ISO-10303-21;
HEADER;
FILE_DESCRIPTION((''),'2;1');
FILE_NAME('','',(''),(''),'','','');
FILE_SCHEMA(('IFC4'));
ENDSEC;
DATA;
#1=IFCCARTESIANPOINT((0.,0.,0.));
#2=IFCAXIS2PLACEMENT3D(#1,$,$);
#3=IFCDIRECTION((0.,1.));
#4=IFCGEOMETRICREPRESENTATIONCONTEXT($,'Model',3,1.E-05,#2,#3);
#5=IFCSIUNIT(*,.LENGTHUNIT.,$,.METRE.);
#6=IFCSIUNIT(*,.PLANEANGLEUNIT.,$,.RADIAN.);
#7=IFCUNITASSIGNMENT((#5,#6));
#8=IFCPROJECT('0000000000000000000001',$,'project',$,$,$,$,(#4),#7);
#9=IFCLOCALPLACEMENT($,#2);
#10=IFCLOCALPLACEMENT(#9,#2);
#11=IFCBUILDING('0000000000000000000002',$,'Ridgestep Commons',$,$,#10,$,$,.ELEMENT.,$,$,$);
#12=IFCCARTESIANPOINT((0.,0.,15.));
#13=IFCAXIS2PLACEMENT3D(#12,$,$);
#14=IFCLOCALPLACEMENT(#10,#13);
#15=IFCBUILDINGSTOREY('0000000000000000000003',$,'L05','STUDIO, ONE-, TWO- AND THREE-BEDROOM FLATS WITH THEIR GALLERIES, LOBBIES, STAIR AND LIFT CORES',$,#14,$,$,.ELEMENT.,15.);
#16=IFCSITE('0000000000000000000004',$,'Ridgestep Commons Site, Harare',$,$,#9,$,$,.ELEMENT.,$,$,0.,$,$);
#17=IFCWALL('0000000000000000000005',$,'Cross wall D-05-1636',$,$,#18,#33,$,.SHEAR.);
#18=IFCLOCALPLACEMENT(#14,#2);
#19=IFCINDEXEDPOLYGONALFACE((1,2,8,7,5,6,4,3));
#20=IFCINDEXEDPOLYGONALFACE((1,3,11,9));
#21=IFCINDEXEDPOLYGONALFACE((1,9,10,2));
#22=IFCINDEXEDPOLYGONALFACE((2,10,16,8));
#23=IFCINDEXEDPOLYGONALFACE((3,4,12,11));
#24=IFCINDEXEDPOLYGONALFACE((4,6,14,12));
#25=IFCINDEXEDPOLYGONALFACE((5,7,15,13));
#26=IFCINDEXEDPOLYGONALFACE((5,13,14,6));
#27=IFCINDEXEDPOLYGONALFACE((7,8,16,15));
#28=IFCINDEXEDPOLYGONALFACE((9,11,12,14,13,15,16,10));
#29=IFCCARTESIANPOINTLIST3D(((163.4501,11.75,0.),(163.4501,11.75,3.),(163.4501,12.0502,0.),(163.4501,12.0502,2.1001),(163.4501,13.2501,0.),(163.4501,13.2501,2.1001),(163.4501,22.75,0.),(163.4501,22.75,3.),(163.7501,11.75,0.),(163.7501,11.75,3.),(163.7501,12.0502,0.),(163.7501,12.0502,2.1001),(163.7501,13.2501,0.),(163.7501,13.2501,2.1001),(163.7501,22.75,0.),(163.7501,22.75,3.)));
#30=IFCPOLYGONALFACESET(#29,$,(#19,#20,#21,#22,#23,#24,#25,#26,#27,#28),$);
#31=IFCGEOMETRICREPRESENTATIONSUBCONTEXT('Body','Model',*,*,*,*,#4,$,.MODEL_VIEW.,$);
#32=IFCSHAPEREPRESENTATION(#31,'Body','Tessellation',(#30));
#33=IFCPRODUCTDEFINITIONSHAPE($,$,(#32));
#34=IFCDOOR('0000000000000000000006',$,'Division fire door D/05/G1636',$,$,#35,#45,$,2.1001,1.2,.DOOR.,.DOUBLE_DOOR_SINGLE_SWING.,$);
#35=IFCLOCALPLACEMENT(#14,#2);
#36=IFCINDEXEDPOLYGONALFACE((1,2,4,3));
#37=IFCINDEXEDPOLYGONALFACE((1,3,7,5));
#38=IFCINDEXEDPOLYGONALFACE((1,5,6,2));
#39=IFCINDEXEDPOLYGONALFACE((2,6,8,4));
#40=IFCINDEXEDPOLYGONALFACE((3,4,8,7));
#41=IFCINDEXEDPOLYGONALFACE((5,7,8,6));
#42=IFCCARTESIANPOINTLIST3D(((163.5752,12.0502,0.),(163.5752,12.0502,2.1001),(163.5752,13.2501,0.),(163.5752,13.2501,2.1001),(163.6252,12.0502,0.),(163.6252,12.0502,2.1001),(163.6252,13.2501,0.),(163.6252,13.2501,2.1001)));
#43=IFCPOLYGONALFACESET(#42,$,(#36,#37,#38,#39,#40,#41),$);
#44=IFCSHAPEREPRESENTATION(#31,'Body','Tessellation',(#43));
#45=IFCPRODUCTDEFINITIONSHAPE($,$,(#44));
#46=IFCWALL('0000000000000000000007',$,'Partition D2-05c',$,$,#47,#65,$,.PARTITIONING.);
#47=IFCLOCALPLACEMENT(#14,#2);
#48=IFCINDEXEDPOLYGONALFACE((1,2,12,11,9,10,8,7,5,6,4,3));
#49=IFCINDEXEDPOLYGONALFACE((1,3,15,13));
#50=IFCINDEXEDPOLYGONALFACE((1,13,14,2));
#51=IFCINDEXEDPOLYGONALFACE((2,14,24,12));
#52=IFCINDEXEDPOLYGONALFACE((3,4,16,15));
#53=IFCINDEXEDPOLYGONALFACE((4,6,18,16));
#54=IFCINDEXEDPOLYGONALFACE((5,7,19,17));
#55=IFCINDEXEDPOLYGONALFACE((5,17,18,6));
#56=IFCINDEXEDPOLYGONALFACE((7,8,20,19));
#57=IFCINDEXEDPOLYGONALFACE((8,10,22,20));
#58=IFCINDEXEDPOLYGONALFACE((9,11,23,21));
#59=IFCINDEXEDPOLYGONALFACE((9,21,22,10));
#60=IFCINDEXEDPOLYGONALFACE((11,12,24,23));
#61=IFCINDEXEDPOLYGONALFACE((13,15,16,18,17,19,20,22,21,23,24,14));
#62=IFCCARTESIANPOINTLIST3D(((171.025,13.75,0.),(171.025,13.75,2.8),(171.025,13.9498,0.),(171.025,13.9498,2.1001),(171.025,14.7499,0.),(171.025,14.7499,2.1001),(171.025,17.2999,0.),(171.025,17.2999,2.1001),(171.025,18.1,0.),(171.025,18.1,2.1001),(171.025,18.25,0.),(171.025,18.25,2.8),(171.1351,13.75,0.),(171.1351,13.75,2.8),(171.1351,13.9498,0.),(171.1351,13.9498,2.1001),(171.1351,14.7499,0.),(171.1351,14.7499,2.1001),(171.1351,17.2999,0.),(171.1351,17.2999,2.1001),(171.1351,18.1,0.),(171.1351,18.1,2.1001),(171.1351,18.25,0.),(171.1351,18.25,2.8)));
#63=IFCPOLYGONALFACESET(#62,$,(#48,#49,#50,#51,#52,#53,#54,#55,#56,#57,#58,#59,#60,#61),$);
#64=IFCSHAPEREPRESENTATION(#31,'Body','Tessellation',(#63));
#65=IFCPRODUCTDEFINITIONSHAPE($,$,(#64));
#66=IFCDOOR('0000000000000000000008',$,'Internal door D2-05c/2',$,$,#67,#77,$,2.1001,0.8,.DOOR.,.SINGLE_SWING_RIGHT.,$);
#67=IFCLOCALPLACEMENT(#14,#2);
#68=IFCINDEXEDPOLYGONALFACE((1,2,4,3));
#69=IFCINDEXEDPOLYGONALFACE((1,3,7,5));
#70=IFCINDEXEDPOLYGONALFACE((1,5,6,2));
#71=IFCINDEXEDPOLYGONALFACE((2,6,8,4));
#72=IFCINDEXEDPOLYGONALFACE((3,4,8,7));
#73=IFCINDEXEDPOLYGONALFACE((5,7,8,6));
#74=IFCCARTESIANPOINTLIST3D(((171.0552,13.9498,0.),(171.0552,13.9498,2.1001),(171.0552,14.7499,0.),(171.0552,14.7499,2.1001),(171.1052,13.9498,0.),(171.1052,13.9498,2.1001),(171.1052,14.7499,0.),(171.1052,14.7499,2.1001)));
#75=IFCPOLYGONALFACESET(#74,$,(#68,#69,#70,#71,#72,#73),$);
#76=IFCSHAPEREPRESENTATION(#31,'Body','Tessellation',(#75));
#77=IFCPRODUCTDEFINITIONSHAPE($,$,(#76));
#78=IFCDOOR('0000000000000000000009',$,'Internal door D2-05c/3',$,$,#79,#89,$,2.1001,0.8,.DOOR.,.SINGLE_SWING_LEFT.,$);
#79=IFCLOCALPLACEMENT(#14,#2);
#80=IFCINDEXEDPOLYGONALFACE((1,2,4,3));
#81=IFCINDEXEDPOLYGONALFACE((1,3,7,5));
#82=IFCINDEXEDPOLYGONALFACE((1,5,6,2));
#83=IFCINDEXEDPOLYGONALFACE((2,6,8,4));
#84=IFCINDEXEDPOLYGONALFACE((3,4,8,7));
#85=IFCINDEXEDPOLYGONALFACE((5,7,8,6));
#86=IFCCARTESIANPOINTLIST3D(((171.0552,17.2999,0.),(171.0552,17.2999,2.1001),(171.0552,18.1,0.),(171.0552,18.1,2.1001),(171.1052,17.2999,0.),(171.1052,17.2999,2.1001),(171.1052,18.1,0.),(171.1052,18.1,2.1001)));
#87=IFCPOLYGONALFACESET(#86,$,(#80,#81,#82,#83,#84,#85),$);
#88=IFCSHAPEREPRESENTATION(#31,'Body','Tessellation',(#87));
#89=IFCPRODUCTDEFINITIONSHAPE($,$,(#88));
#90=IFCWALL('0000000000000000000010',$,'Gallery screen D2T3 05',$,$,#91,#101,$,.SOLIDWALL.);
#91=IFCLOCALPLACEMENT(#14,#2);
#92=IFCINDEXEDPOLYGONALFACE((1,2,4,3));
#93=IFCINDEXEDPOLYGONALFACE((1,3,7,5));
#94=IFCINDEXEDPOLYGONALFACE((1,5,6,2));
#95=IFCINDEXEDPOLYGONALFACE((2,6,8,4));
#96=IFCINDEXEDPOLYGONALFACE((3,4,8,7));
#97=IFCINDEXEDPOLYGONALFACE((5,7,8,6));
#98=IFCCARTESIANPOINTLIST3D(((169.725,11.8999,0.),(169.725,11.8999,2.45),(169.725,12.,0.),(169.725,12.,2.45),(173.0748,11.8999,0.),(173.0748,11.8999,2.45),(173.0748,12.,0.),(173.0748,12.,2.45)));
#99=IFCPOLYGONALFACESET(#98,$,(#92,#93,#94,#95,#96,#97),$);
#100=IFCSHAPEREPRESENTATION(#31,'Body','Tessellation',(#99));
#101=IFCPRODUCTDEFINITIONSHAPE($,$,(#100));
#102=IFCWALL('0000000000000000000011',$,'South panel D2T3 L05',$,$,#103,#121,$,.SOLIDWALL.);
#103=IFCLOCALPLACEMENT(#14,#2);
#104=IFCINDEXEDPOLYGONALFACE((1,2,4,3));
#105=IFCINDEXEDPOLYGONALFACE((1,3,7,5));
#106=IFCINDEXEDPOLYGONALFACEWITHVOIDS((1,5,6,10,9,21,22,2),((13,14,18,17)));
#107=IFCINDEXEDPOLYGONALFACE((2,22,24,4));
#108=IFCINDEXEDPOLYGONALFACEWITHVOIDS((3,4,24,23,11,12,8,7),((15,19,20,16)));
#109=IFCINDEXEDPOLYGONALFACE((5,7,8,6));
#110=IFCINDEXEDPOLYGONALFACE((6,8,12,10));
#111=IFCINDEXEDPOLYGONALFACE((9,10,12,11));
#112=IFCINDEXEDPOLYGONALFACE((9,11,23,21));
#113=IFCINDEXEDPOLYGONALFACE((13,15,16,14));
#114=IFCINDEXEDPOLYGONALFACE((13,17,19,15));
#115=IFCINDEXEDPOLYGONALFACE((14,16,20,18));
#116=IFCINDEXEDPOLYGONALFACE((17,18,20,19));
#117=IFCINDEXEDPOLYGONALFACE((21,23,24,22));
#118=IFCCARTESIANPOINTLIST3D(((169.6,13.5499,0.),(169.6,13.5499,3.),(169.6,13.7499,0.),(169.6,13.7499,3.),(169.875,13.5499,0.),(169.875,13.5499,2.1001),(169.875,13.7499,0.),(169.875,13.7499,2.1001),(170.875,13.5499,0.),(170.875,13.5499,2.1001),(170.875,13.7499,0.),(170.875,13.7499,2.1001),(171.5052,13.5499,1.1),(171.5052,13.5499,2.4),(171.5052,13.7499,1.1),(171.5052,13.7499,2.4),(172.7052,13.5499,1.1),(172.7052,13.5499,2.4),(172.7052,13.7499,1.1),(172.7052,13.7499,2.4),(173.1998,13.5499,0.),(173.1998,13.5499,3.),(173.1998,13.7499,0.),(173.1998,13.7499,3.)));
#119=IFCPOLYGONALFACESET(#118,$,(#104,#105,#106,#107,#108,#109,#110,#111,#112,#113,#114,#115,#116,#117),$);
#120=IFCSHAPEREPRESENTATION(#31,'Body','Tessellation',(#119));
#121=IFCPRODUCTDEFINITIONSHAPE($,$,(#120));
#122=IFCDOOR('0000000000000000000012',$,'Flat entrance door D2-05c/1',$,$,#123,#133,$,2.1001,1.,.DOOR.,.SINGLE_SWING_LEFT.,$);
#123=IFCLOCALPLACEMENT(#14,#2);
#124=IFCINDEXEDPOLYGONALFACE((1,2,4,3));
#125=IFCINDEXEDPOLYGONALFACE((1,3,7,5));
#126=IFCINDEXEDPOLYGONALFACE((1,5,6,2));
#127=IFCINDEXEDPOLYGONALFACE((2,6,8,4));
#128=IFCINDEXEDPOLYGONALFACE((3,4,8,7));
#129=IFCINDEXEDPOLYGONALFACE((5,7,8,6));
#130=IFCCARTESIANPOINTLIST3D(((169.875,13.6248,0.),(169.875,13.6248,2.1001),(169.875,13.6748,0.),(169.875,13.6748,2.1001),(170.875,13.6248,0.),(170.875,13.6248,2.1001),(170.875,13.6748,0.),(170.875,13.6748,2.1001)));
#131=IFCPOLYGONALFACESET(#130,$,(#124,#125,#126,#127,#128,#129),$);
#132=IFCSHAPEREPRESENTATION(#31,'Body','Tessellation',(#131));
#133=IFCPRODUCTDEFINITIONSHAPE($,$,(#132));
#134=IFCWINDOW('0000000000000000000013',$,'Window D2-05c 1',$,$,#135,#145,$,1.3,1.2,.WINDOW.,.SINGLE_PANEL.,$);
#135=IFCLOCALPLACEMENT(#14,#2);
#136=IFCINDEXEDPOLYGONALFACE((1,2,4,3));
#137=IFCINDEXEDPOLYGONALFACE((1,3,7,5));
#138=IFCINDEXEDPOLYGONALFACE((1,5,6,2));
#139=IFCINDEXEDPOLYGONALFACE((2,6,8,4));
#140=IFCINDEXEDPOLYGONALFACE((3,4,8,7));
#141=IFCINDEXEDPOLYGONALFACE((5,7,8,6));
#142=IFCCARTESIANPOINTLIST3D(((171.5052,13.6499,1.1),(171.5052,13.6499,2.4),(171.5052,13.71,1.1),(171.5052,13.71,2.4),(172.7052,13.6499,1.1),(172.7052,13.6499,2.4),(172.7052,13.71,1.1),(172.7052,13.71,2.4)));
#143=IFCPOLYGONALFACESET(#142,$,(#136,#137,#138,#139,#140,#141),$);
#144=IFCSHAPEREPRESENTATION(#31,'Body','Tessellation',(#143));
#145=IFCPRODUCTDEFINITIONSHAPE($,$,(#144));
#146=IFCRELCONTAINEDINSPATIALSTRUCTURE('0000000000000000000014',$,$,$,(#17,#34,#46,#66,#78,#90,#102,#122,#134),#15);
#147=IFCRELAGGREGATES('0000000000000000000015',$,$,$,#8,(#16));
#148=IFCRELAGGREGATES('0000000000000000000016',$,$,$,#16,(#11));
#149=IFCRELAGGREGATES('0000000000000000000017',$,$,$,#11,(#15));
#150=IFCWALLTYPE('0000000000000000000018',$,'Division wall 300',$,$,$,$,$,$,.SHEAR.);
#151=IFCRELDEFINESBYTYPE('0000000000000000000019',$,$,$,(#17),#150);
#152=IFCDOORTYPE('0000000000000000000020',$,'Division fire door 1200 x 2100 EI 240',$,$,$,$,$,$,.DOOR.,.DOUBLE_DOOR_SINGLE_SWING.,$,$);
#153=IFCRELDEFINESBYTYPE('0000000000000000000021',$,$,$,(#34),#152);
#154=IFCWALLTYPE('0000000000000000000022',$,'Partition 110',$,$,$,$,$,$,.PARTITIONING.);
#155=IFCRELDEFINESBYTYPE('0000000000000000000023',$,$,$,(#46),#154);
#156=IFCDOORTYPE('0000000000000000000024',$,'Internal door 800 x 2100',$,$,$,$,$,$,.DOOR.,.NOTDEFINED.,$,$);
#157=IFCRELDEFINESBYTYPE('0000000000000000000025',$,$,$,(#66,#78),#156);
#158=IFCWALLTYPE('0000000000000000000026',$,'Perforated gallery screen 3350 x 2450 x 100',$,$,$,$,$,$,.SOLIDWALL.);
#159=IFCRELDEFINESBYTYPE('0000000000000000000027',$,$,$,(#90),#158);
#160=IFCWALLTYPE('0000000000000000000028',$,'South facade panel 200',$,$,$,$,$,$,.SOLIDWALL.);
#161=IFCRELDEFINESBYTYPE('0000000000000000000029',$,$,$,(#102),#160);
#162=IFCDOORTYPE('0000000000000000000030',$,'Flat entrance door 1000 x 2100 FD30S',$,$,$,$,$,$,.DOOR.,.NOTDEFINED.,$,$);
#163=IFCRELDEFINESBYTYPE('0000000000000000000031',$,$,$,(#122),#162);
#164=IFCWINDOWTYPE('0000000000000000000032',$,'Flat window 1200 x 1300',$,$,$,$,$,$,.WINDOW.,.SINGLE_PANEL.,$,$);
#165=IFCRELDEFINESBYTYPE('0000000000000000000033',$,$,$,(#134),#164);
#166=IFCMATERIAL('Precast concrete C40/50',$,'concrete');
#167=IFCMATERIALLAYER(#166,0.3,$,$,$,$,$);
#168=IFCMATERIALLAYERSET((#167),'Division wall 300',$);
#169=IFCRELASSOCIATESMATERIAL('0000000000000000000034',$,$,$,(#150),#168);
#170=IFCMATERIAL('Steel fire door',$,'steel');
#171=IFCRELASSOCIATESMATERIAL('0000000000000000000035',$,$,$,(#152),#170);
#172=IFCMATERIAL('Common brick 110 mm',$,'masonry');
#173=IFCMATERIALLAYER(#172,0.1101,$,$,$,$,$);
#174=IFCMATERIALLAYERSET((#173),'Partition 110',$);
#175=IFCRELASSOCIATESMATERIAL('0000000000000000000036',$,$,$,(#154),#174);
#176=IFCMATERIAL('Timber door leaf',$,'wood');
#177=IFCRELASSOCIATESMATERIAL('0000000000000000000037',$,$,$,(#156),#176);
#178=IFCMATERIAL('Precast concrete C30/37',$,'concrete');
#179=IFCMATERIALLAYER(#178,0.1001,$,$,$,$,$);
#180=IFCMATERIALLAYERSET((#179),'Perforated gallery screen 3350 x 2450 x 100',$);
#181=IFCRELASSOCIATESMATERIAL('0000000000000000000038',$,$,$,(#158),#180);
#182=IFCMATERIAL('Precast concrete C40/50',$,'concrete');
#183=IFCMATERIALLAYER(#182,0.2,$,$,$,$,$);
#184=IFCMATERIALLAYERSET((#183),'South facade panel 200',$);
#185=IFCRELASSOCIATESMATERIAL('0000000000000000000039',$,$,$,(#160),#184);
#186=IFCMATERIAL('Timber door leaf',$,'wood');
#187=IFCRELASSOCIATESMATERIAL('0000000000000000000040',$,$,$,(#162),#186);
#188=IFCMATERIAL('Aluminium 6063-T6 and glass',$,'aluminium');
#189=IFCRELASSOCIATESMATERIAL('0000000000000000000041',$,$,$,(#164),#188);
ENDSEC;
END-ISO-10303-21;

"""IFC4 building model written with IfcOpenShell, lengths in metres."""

from ifc_helpers import new_model, si_unit, direction, frame, frame_2d, origin, place, context, subcontext, project, spatial, rectangle, extrude, material, layer, layer_set, type_object, element, fill, save


model = new_model("IFC4")

# Units and contexts
model_context = context("Model", 3, precision=1e-05, world=origin(), true_north=direction((0.0, 1.0)))
body_context = subcontext(model_context, "Body", "Model", "MODEL_VIEW")
ifc_project = project(units=[si_unit("LENGTHUNIT", "METRE"), si_unit("PLANEANGLEUNIT", "RADIAN")], contexts=[model_context])

# Site, building, storey
site_placement = place(None, origin())
site = spatial("IfcSite", under=ifc_project, at=site_placement, Name="Ridgestep Commons Site, Harare", CompositionType="ELEMENT", RefElevation=0.0)
building_placement = place(site_placement, origin())
building = spatial("IfcBuilding", under=site, at=building_placement, Name="Ridgestep Commons", CompositionType="ELEMENT")
storey_placement = place(building_placement, frame((0.0, 0.0, 15.0)))
storey = spatial("IfcBuildingStorey", under=building, at=storey_placement, Name="L05", Description="STUDIO, ONE-, TWO- AND THREE-BEDROOM FLATS WITH THEIR GALLERIES, LOBBIES, STAIR AND LIFT CORES", CompositionType="ELEMENT", Elevation=15.0)

# Wall, opening, door
ifc_material_1 = material(Name="Precast concrete C40/50", Category="concrete")
ifc_layer_1 = layer(ifc_material_1, 0.3)
ifc_layer_set_1 = layer_set([ifc_layer_1], Name="Division wall 300")
wall_type_1 = type_object("IfcWallType", Name="Division wall 300", PredefinedType="SHEAR", material=ifc_layer_set_1)
wall_1_placement = place(storey_placement, frame((163.6001, 11.75, 0.0), z_axis=(0.0, 0.0, 1.0), x_axis=(0.0, 1.0, 0.0)))
wall_1 = element("IfcWall", 1, at=wall_1_placement, inside=storey, type_object=wall_type_1, Name="Cross wall D-05-1636", PredefinedType="SHEAR", context=body_context, shape_type="SweptSolid", body=[
    extrude(rectangle(XDim=11.0, YDim=0.3, at=frame_2d((5.5, 0.0))), origin(), (0.0, 0.0, 1.0), 3.0),
])
opening_1_placement = place(wall_1_placement, frame((0.3, 0.0, 0.0)))
opening_1 = element("IfcOpeningElement", 2, at=opening_1_placement, cuts=wall_1, PredefinedType="OPENING", context=body_context, shape_type="SweptSolid", body=[
    extrude(rectangle(XDim=1.2, YDim=2.1001, at=frame_2d((0.6001, 1.05))), frame((0.0, 0.1599, 0.0), z_axis=(0.0, -1.0, 0.0), x_axis=(1.0, 0.0, 0.0)), (0.0, 0.0, 1.0), 0.3201),
])
ifc_material_2 = material(Name="Steel fire door", Category="steel")
door_type_1 = type_object("IfcDoorType", Name="Division fire door 1200 x 2100 EI 240", OperationType="DOUBLE_DOOR_SINGLE_SWING", PredefinedType="DOOR", material=ifc_material_2)
door_1_placement = place(opening_1_placement, origin())
door_1 = element("IfcDoor", 3, at=door_1_placement, inside=storey, type_object=door_type_1, Name="Division fire door D/05/G1636", OperationType="DOUBLE_DOOR_SINGLE_SWING", OverallHeight=2.1001, OverallWidth=1.2, PredefinedType="DOOR", context=body_context, shape_type="SweptSolid", body=[
    extrude(rectangle(XDim=1.2, YDim=2.1001, at=frame_2d((0.6001, 1.05))), frame((0.0, 0.0249, 0.0), z_axis=(0.0, -1.0, 0.0), x_axis=(1.0, 0.0, 0.0)), (0.0, 0.0, 1.0), 0.05),
])
fill(opening_1, door_1)

# Wall, openings, doors
ifc_material_3 = material(Name="Common brick 110 mm", Category="masonry")
ifc_layer_2 = layer(ifc_material_3, 0.1101)
ifc_layer_set_2 = layer_set([ifc_layer_2], Name="Partition 110")
wall_type_2 = type_object("IfcWallType", Name="Partition 110", PredefinedType="PARTITIONING", material=ifc_layer_set_2)
wall_2_placement = place(storey_placement, frame((171.0801, 13.75, 0.0), z_axis=(0.0, 0.0, 1.0), x_axis=(0.0, 1.0, 0.0)))
wall_2 = element("IfcWall", 4, at=wall_2_placement, inside=storey, type_object=wall_type_2, Name="Partition D2-05c", PredefinedType="PARTITIONING", context=body_context, shape_type="SweptSolid", body=[
    extrude(rectangle(XDim=4.5, YDim=0.1101, at=frame_2d((2.25, 0.0))), origin(), (0.0, 0.0, 1.0), 2.8),
])
opening_2_placement = place(wall_2_placement, frame((0.2, 0.0, 0.0)))
opening_2 = element("IfcOpeningElement", 5, at=opening_2_placement, cuts=wall_2, PredefinedType="OPENING", context=body_context, shape_type="SweptSolid", body=[
    extrude(rectangle(XDim=0.8, YDim=2.1001, at=frame_2d((0.3999, 1.05))), frame((0.0, 0.0649, 0.0), z_axis=(0.0, -1.0, 0.0), x_axis=(1.0, 0.0, 0.0)), (0.0, 0.0, 1.0), 0.1301),
])
opening_3_placement = place(wall_2_placement, frame((3.55, 0.0, 0.0)))
opening_3 = element("IfcOpeningElement", 6, at=opening_3_placement, cuts=wall_2, PredefinedType="OPENING", context=body_context, shape_type="SweptSolid", body=[
    extrude(rectangle(XDim=0.8, YDim=2.1001, at=frame_2d((0.3999, 1.05))), frame((0.0, 0.0649, 0.0), z_axis=(0.0, -1.0, 0.0), x_axis=(1.0, 0.0, 0.0)), (0.0, 0.0, 1.0), 0.1301),
])
ifc_material_4 = material(Name="Timber door leaf", Category="wood")
door_type_2 = type_object("IfcDoorType", Name="Internal door 800 x 2100", OperationType="NOTDEFINED", PredefinedType="DOOR", material=ifc_material_4)
door_2_placement = place(opening_2_placement, origin())
door_2 = element("IfcDoor", 7, at=door_2_placement, inside=storey, type_object=door_type_2, Name="Internal door D2-05c/2", OperationType="SINGLE_SWING_RIGHT", OverallHeight=2.1001, OverallWidth=0.8, PredefinedType="DOOR", context=body_context, shape_type="SweptSolid", body=[
    extrude(rectangle(XDim=0.8, YDim=2.1001, at=frame_2d((0.3999, 1.05))), frame((0.0, 0.0249, 0.0), z_axis=(0.0, -1.0, 0.0), x_axis=(1.0, 0.0, 0.0)), (0.0, 0.0, 1.0), 0.05),
])
fill(opening_2, door_2)
door_3_placement = place(opening_3_placement, origin())
door_3 = element("IfcDoor", 8, at=door_3_placement, inside=storey, type_object=door_type_2, Name="Internal door D2-05c/3", OperationType="SINGLE_SWING_LEFT", OverallHeight=2.1001, OverallWidth=0.8, PredefinedType="DOOR", context=body_context, shape_type="SweptSolid", body=[
    extrude(rectangle(XDim=0.8, YDim=2.1001, at=frame_2d((0.3999, 1.05))), frame((0.0, 0.0249, 0.0), z_axis=(0.0, -1.0, 0.0), x_axis=(1.0, 0.0, 0.0)), (0.0, 0.0, 1.0), 0.05),
])
fill(opening_3, door_3)

# Wall
ifc_material_5 = material(Name="Precast concrete C30/37", Category="concrete")
ifc_layer_3 = layer(ifc_material_5, 0.1001)
ifc_layer_set_3 = layer_set([ifc_layer_3], Name="Perforated gallery screen 3350 x 2450 x 100")
wall_type_3 = type_object("IfcWallType", Name="Perforated gallery screen 3350 x 2450 x 100", PredefinedType="SOLIDWALL", material=ifc_layer_set_3)
wall_3_placement = place(storey_placement, frame((169.7251, 11.95, 0.0), z_axis=(0.0, 0.0, 1.0), x_axis=(1.0, 0.0, 0.0)))
element("IfcWall", 9, at=wall_3_placement, inside=storey, type_object=wall_type_3, Name="Gallery screen D2T3 05", PredefinedType="SOLIDWALL", context=body_context, shape_type="SweptSolid", body=[
    extrude(rectangle(XDim=3.3499, YDim=0.1001, at=frame_2d((1.6748, 0.0))), origin(), (0.0, 0.0, 1.0), 2.45),
])

# Wall, openings, door, window
ifc_material_6 = material(Name="Precast concrete C40/50", Category="concrete")
ifc_layer_4 = layer(ifc_material_6, 0.2)
ifc_layer_set_4 = layer_set([ifc_layer_4], Name="South facade panel 200")
wall_type_4 = type_object("IfcWallType", Name="South facade panel 200", PredefinedType="SOLIDWALL", material=ifc_layer_set_4)
wall_4_placement = place(storey_placement, frame((169.6001, 13.6499, 0.0), z_axis=(0.0, 0.0, 1.0), x_axis=(1.0, 0.0, 0.0)))
wall_4 = element("IfcWall", 10, at=wall_4_placement, inside=storey, type_object=wall_type_4, Name="South panel D2T3 L05", PredefinedType="SOLIDWALL", context=body_context, shape_type="SweptSolid", body=[
    extrude(rectangle(XDim=3.5999, YDim=0.2, at=frame_2d((1.7998, 0.0))), origin(), (0.0, 0.0, 1.0), 3.0),
])
opening_4_placement = place(wall_4_placement, frame((1.905, 0.0, 1.1001)))
opening_4 = element("IfcOpeningElement", 11, at=opening_4_placement, cuts=wall_4, PredefinedType="OPENING", context=body_context, shape_type="SweptSolid", body=[
    extrude(rectangle(XDim=1.2, YDim=1.3, at=frame_2d((0.6001, 0.6499))), frame((0.0, 0.1099, 0.0), z_axis=(0.0, -1.0, 0.0), x_axis=(1.0, 0.0, 0.0)), (0.0, 0.0, 1.0), 0.22),
])
opening_5_placement = place(wall_4_placement, frame((0.2749, 0.0, 0.0)))
opening_5 = element("IfcOpeningElement", 12, at=opening_5_placement, cuts=wall_4, PredefinedType="OPENING", context=body_context, shape_type="SweptSolid", body=[
    extrude(rectangle(XDim=1.0, YDim=2.1001, at=frame_2d((0.5, 1.05))), frame((0.0, 0.1099, 0.0), z_axis=(0.0, -1.0, 0.0), x_axis=(1.0, 0.0, 0.0)), (0.0, 0.0, 1.0), 0.22),
])
ifc_material_7 = material(Name="Timber door leaf", Category="wood")
door_type_3 = type_object("IfcDoorType", Name="Flat entrance door 1000 x 2100 FD30S", OperationType="NOTDEFINED", PredefinedType="DOOR", material=ifc_material_7)
door_4_placement = place(opening_5_placement, origin())
door_4 = element("IfcDoor", 13, at=door_4_placement, inside=storey, type_object=door_type_3, Name="Flat entrance door D2-05c/1", OperationType="SINGLE_SWING_LEFT", OverallHeight=2.1001, OverallWidth=1.0, PredefinedType="DOOR", context=body_context, shape_type="SweptSolid", body=[
    extrude(rectangle(XDim=1.0, YDim=2.1001, at=frame_2d((0.5, 1.05))), frame((0.0, 0.0249, 0.0), z_axis=(0.0, -1.0, 0.0), x_axis=(1.0, 0.0, 0.0)), (0.0, 0.0, 1.0), 0.05),
])
fill(opening_5, door_4)
ifc_material_8 = material(Name="Aluminium 6063-T6 and glass", Category="aluminium")
window_type = type_object("IfcWindowType", Name="Flat window 1200 x 1300", PartitioningType="SINGLE_PANEL", PredefinedType="WINDOW", material=ifc_material_8)
window_placement = place(opening_4_placement, origin())
window = element("IfcWindow", 14, at=window_placement, inside=storey, type_object=window_type, Name="Window D2-05c 1", OverallHeight=1.3, OverallWidth=1.2, PartitioningType="SINGLE_PANEL", PredefinedType="WINDOW", context=body_context, shape_type="SweptSolid", body=[
    extrude(rectangle(XDim=1.2, YDim=1.3, at=frame_2d((0.6001, 0.6499))), frame((0.0, 0.0601, 0.0), z_axis=(0.0, -1.0, 0.0), x_axis=(1.0, 0.0, 0.0)), (0.0, 0.0, 1.0), 0.0601),
])
fill(opening_4, window)

save(model, "model.ifc")
